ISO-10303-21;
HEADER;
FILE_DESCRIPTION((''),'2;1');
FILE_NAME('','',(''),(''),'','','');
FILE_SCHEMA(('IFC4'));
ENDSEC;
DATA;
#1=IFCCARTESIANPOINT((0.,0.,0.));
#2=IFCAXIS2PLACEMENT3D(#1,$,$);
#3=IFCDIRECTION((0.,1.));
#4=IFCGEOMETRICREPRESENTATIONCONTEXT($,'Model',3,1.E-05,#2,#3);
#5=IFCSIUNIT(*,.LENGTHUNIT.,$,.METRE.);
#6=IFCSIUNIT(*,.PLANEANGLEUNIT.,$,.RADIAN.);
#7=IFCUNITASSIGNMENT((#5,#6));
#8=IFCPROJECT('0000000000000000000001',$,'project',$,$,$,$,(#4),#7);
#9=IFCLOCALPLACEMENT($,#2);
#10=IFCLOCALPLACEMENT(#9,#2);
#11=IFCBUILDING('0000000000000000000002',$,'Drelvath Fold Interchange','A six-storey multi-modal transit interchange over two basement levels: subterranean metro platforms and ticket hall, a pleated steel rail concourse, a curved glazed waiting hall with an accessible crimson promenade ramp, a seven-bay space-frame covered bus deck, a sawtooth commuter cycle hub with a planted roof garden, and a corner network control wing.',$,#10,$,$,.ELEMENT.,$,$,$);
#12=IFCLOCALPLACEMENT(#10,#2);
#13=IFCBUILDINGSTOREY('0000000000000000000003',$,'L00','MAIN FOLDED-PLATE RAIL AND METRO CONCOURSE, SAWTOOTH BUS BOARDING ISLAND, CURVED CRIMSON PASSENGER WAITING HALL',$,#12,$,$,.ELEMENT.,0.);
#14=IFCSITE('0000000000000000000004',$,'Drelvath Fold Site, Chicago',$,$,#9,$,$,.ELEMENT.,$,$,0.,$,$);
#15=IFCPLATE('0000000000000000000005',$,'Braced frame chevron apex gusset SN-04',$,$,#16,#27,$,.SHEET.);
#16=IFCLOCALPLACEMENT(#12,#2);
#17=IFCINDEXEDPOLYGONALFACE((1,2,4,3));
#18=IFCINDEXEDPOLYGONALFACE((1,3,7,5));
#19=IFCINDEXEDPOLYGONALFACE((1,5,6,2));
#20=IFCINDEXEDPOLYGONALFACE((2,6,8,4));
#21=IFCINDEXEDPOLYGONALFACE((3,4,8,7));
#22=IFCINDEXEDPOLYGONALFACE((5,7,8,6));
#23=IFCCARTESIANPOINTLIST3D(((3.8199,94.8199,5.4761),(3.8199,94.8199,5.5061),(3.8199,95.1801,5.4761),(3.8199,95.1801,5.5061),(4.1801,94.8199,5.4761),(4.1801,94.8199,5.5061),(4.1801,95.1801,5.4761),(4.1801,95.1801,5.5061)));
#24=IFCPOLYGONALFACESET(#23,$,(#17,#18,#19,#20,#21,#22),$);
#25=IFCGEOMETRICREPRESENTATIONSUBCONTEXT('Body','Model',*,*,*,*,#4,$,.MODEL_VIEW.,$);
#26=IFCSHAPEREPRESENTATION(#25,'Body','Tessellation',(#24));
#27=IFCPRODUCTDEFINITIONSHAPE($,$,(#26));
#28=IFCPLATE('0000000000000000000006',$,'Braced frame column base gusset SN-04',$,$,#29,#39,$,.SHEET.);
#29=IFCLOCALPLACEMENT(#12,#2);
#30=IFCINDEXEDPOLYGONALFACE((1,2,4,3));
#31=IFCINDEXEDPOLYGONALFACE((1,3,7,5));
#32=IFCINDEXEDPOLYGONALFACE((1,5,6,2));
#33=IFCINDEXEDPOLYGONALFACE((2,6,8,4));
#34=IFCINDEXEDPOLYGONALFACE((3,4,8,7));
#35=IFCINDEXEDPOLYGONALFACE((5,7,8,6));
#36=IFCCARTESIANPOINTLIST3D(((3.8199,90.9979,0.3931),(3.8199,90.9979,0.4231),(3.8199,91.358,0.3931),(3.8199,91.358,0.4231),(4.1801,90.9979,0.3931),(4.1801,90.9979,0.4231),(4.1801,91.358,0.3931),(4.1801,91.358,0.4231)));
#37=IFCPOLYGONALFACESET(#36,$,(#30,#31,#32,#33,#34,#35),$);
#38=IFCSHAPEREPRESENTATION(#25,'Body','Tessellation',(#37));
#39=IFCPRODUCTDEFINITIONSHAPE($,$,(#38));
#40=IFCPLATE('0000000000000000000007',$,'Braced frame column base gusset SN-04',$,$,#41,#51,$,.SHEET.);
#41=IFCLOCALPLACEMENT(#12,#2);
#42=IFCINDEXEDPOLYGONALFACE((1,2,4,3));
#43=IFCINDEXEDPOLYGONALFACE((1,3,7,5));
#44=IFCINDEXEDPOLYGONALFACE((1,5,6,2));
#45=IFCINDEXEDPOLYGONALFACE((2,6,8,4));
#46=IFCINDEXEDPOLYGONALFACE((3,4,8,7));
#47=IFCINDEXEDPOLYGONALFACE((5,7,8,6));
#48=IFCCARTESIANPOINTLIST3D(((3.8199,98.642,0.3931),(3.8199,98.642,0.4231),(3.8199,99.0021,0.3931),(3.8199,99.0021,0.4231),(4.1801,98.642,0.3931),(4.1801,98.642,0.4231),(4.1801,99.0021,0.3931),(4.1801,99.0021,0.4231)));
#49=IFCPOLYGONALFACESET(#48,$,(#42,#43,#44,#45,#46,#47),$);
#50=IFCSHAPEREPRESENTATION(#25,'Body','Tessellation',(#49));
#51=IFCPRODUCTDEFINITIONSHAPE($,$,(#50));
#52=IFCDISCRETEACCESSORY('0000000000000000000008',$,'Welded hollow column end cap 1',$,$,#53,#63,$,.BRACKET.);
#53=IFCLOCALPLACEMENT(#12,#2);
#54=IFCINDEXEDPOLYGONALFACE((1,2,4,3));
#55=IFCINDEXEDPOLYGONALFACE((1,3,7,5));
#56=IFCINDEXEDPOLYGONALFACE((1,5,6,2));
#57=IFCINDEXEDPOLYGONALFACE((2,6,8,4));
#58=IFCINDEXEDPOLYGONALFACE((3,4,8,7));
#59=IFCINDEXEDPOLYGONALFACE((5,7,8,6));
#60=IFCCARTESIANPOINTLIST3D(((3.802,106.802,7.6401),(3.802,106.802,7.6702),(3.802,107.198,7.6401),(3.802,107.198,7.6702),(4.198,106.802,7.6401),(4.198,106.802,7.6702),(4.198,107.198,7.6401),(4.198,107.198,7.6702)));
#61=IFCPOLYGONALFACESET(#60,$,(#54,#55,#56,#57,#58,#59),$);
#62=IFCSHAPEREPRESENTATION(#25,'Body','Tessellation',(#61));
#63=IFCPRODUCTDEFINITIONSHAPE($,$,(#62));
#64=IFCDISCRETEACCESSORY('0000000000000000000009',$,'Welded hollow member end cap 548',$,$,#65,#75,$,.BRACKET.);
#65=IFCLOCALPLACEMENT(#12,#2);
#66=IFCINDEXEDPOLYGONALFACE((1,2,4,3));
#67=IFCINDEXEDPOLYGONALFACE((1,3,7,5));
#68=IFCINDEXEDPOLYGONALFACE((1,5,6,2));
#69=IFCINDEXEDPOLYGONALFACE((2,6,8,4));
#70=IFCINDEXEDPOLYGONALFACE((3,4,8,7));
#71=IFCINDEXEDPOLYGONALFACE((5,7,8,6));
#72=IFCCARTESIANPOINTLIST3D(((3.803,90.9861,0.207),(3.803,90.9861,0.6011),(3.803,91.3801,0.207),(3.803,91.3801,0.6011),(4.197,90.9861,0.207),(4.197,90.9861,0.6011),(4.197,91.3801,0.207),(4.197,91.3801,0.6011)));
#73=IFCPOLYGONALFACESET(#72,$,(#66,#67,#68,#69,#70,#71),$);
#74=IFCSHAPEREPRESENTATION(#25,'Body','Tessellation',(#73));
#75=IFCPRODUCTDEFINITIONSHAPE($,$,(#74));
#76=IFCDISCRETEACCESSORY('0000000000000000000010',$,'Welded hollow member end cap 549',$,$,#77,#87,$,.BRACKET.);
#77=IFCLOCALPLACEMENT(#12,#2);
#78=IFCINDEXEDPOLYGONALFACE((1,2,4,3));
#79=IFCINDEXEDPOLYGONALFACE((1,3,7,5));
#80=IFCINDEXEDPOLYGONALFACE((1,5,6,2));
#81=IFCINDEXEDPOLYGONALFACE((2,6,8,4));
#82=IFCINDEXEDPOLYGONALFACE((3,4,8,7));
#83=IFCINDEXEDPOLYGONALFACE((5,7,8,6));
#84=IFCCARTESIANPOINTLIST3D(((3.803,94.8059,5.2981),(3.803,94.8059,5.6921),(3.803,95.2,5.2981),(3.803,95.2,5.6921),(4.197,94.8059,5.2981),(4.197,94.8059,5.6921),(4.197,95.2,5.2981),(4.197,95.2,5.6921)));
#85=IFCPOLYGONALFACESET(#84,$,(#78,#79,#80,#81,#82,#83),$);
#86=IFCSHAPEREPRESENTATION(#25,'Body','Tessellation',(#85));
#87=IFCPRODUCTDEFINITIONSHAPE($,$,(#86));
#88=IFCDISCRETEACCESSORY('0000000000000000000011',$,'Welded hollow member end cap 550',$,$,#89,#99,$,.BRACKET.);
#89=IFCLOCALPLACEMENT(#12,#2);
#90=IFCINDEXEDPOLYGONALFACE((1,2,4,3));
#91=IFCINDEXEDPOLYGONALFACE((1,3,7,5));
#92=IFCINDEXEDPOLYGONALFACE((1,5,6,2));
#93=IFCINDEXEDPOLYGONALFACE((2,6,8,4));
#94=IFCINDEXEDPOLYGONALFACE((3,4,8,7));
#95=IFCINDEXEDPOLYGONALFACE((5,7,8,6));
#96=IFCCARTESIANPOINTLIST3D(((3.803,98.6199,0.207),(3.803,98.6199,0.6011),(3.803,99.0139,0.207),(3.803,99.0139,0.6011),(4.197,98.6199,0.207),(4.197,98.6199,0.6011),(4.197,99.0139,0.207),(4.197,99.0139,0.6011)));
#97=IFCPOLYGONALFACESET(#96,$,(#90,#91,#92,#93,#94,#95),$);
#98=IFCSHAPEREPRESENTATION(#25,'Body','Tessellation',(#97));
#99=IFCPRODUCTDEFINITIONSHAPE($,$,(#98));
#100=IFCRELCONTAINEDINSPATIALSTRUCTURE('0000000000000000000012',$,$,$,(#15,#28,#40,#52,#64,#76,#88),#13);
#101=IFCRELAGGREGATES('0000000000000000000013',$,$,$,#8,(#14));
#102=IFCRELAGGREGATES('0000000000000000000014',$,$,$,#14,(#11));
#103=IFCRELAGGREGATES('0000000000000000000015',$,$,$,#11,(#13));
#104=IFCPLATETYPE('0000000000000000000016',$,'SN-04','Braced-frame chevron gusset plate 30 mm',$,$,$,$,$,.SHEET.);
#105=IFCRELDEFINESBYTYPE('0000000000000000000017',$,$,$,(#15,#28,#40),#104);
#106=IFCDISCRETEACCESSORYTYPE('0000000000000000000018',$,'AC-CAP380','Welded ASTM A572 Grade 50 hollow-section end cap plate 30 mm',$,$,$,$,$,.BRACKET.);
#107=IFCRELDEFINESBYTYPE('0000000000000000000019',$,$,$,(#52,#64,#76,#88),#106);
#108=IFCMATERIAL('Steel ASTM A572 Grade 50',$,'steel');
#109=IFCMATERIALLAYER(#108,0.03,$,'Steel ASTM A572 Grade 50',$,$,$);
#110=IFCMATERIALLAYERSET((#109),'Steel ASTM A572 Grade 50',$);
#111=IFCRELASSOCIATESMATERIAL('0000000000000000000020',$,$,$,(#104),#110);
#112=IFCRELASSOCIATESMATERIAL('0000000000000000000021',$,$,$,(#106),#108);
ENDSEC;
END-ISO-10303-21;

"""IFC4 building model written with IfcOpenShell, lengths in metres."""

from ifc_helpers import new_model, si_unit, direction, frame, origin, origin_2d, place, context, subcontext, project, spatial, rectangle, extrude, material, layer, layer_set, type_object, element, save


model = new_model("IFC4")

# Units and contexts
model_context = context("Model", 3, precision=1e-05, world=origin(), true_north=direction((0.0, 1.0)))
body_context = subcontext(model_context, "Body", "Model", "MODEL_VIEW")
ifc_project = project(units=[si_unit("LENGTHUNIT", "METRE"), si_unit("PLANEANGLEUNIT", "RADIAN")], contexts=[model_context])

# Site, building, storey
site_placement = place(None, origin())
site = spatial("IfcSite", under=ifc_project, at=site_placement, Name="Drelvath Fold Site, Chicago", CompositionType="ELEMENT", RefElevation=0.0)
building_placement = place(site_placement, origin())
building = spatial("IfcBuilding", under=site, at=building_placement, Name="Drelvath Fold Interchange", Description="A six-storey multi-modal transit interchange over two basement levels: subterranean metro platforms and ticket hall, a pleated steel rail concourse, a curved glazed waiting hall with an accessible crimson promenade ramp, a seven-bay space-frame covered bus deck, a sawtooth commuter cycle hub with a planted roof garden, and a corner network control wing.", CompositionType="ELEMENT")
storey_placement = place(building_placement, origin())
storey = spatial("IfcBuildingStorey", under=building, at=storey_placement, Name="L00", Description="MAIN FOLDED-PLATE RAIL AND METRO CONCOURSE, SAWTOOTH BUS BOARDING ISLAND, CURVED CRIMSON PASSENGER WAITING HALL", CompositionType="ELEMENT", Elevation=0.0)

# Plates
ifc_material_1 = material(Name="Steel ASTM A572 Grade 50", Category="steel")
ifc_layer_1 = layer(ifc_material_1, 0.03, Name="Steel ASTM A572 Grade 50")
ifc_layer_set_1 = layer_set([ifc_layer_1], Name="Steel ASTM A572 Grade 50")
plate_type_1 = type_object("IfcPlateType", Name="SN-04", Description="Braced-frame chevron gusset plate 30 mm", PredefinedType="SHEET", material=ifc_layer_set_1)
for number, where, z_axis, x_axis, name in (
    (1, (4.0, 95.0, 5.4761), (0.0, 0.0, 1.0), (1.0, 0.0, 0.0), "Braced frame chevron apex gusset SN-04"),
    (2, (4.0, 91.178, 0.3931), (0.0, 0.0, 1.0), (1.0, 0.0, 0.0), "Braced frame column base gusset SN-04"),
    (3, (4.0, 98.822, 0.3931), (0.0, 0.0, 1.0), (1.0, 0.0, 0.0), "Braced frame column base gusset SN-04"),
):
    element("IfcPlate", number, at=place(storey_placement, frame(where, z_axis=z_axis, x_axis=x_axis)), inside=storey, type_object=plate_type_1, Name=name, PredefinedType="SHEET", context=body_context, shape_type="SweptSolid", body=[
        extrude(rectangle(XDim=0.3601, YDim=0.3601, at=origin_2d()), origin(), (0.0, 0.0, 1.0), 0.03),
    ])

# Discrete accessories
discrete_accessory_type = type_object("IfcDiscreteAccessoryType", Name="AC-CAP380", Description="Welded ASTM A572 Grade 50 hollow-section end cap plate 30 mm", PredefinedType="BRACKET", material=ifc_material_1)
discrete_accessory_placement = place(storey_placement, frame((4.0, 107.0, 7.6401), z_axis=(0.0, 0.0, 1.0), x_axis=(1.0, 0.0, 0.0)))
element("IfcDiscreteAccessory", 4, at=discrete_accessory_placement, inside=storey, type_object=discrete_accessory_type, Name="Welded hollow column end cap 1", PredefinedType="BRACKET", context=body_context, shape_type="SweptSolid", body=[
    extrude(rectangle(XDim=0.396, YDim=0.396, at=origin_2d()), origin(), (0.0, 0.0, 1.0), 0.03),
])
for number, where, z_axis, x_axis, name in (
    (5, (4.0, 91.1831, 0.207), (0.0, 0.0, 1.0), (1.0, 0.0, 0.0), "Welded hollow member end cap 548"),
    (6, (4.0, 95.0029, 5.2981), (0.0, 0.0, 1.0), (1.0, 0.0, 0.0), "Welded hollow member end cap 549"),
    (7, (4.0, 98.8169, 0.207), (0.0, 0.0, 1.0), (1.0, 0.0, 0.0), "Welded hollow member end cap 550"),
):
    element("IfcDiscreteAccessory", number, at=place(storey_placement, frame(where, z_axis=z_axis, x_axis=x_axis)), inside=storey, type_object=discrete_accessory_type, Name=name, PredefinedType="BRACKET", context=body_context, shape_type="SweptSolid", body=[
        extrude(rectangle(XDim=0.394, YDim=0.394, at=origin_2d()), origin(), (0.0, 0.0, 1.0), 0.394),
    ])

save(model, "model.ifc")
